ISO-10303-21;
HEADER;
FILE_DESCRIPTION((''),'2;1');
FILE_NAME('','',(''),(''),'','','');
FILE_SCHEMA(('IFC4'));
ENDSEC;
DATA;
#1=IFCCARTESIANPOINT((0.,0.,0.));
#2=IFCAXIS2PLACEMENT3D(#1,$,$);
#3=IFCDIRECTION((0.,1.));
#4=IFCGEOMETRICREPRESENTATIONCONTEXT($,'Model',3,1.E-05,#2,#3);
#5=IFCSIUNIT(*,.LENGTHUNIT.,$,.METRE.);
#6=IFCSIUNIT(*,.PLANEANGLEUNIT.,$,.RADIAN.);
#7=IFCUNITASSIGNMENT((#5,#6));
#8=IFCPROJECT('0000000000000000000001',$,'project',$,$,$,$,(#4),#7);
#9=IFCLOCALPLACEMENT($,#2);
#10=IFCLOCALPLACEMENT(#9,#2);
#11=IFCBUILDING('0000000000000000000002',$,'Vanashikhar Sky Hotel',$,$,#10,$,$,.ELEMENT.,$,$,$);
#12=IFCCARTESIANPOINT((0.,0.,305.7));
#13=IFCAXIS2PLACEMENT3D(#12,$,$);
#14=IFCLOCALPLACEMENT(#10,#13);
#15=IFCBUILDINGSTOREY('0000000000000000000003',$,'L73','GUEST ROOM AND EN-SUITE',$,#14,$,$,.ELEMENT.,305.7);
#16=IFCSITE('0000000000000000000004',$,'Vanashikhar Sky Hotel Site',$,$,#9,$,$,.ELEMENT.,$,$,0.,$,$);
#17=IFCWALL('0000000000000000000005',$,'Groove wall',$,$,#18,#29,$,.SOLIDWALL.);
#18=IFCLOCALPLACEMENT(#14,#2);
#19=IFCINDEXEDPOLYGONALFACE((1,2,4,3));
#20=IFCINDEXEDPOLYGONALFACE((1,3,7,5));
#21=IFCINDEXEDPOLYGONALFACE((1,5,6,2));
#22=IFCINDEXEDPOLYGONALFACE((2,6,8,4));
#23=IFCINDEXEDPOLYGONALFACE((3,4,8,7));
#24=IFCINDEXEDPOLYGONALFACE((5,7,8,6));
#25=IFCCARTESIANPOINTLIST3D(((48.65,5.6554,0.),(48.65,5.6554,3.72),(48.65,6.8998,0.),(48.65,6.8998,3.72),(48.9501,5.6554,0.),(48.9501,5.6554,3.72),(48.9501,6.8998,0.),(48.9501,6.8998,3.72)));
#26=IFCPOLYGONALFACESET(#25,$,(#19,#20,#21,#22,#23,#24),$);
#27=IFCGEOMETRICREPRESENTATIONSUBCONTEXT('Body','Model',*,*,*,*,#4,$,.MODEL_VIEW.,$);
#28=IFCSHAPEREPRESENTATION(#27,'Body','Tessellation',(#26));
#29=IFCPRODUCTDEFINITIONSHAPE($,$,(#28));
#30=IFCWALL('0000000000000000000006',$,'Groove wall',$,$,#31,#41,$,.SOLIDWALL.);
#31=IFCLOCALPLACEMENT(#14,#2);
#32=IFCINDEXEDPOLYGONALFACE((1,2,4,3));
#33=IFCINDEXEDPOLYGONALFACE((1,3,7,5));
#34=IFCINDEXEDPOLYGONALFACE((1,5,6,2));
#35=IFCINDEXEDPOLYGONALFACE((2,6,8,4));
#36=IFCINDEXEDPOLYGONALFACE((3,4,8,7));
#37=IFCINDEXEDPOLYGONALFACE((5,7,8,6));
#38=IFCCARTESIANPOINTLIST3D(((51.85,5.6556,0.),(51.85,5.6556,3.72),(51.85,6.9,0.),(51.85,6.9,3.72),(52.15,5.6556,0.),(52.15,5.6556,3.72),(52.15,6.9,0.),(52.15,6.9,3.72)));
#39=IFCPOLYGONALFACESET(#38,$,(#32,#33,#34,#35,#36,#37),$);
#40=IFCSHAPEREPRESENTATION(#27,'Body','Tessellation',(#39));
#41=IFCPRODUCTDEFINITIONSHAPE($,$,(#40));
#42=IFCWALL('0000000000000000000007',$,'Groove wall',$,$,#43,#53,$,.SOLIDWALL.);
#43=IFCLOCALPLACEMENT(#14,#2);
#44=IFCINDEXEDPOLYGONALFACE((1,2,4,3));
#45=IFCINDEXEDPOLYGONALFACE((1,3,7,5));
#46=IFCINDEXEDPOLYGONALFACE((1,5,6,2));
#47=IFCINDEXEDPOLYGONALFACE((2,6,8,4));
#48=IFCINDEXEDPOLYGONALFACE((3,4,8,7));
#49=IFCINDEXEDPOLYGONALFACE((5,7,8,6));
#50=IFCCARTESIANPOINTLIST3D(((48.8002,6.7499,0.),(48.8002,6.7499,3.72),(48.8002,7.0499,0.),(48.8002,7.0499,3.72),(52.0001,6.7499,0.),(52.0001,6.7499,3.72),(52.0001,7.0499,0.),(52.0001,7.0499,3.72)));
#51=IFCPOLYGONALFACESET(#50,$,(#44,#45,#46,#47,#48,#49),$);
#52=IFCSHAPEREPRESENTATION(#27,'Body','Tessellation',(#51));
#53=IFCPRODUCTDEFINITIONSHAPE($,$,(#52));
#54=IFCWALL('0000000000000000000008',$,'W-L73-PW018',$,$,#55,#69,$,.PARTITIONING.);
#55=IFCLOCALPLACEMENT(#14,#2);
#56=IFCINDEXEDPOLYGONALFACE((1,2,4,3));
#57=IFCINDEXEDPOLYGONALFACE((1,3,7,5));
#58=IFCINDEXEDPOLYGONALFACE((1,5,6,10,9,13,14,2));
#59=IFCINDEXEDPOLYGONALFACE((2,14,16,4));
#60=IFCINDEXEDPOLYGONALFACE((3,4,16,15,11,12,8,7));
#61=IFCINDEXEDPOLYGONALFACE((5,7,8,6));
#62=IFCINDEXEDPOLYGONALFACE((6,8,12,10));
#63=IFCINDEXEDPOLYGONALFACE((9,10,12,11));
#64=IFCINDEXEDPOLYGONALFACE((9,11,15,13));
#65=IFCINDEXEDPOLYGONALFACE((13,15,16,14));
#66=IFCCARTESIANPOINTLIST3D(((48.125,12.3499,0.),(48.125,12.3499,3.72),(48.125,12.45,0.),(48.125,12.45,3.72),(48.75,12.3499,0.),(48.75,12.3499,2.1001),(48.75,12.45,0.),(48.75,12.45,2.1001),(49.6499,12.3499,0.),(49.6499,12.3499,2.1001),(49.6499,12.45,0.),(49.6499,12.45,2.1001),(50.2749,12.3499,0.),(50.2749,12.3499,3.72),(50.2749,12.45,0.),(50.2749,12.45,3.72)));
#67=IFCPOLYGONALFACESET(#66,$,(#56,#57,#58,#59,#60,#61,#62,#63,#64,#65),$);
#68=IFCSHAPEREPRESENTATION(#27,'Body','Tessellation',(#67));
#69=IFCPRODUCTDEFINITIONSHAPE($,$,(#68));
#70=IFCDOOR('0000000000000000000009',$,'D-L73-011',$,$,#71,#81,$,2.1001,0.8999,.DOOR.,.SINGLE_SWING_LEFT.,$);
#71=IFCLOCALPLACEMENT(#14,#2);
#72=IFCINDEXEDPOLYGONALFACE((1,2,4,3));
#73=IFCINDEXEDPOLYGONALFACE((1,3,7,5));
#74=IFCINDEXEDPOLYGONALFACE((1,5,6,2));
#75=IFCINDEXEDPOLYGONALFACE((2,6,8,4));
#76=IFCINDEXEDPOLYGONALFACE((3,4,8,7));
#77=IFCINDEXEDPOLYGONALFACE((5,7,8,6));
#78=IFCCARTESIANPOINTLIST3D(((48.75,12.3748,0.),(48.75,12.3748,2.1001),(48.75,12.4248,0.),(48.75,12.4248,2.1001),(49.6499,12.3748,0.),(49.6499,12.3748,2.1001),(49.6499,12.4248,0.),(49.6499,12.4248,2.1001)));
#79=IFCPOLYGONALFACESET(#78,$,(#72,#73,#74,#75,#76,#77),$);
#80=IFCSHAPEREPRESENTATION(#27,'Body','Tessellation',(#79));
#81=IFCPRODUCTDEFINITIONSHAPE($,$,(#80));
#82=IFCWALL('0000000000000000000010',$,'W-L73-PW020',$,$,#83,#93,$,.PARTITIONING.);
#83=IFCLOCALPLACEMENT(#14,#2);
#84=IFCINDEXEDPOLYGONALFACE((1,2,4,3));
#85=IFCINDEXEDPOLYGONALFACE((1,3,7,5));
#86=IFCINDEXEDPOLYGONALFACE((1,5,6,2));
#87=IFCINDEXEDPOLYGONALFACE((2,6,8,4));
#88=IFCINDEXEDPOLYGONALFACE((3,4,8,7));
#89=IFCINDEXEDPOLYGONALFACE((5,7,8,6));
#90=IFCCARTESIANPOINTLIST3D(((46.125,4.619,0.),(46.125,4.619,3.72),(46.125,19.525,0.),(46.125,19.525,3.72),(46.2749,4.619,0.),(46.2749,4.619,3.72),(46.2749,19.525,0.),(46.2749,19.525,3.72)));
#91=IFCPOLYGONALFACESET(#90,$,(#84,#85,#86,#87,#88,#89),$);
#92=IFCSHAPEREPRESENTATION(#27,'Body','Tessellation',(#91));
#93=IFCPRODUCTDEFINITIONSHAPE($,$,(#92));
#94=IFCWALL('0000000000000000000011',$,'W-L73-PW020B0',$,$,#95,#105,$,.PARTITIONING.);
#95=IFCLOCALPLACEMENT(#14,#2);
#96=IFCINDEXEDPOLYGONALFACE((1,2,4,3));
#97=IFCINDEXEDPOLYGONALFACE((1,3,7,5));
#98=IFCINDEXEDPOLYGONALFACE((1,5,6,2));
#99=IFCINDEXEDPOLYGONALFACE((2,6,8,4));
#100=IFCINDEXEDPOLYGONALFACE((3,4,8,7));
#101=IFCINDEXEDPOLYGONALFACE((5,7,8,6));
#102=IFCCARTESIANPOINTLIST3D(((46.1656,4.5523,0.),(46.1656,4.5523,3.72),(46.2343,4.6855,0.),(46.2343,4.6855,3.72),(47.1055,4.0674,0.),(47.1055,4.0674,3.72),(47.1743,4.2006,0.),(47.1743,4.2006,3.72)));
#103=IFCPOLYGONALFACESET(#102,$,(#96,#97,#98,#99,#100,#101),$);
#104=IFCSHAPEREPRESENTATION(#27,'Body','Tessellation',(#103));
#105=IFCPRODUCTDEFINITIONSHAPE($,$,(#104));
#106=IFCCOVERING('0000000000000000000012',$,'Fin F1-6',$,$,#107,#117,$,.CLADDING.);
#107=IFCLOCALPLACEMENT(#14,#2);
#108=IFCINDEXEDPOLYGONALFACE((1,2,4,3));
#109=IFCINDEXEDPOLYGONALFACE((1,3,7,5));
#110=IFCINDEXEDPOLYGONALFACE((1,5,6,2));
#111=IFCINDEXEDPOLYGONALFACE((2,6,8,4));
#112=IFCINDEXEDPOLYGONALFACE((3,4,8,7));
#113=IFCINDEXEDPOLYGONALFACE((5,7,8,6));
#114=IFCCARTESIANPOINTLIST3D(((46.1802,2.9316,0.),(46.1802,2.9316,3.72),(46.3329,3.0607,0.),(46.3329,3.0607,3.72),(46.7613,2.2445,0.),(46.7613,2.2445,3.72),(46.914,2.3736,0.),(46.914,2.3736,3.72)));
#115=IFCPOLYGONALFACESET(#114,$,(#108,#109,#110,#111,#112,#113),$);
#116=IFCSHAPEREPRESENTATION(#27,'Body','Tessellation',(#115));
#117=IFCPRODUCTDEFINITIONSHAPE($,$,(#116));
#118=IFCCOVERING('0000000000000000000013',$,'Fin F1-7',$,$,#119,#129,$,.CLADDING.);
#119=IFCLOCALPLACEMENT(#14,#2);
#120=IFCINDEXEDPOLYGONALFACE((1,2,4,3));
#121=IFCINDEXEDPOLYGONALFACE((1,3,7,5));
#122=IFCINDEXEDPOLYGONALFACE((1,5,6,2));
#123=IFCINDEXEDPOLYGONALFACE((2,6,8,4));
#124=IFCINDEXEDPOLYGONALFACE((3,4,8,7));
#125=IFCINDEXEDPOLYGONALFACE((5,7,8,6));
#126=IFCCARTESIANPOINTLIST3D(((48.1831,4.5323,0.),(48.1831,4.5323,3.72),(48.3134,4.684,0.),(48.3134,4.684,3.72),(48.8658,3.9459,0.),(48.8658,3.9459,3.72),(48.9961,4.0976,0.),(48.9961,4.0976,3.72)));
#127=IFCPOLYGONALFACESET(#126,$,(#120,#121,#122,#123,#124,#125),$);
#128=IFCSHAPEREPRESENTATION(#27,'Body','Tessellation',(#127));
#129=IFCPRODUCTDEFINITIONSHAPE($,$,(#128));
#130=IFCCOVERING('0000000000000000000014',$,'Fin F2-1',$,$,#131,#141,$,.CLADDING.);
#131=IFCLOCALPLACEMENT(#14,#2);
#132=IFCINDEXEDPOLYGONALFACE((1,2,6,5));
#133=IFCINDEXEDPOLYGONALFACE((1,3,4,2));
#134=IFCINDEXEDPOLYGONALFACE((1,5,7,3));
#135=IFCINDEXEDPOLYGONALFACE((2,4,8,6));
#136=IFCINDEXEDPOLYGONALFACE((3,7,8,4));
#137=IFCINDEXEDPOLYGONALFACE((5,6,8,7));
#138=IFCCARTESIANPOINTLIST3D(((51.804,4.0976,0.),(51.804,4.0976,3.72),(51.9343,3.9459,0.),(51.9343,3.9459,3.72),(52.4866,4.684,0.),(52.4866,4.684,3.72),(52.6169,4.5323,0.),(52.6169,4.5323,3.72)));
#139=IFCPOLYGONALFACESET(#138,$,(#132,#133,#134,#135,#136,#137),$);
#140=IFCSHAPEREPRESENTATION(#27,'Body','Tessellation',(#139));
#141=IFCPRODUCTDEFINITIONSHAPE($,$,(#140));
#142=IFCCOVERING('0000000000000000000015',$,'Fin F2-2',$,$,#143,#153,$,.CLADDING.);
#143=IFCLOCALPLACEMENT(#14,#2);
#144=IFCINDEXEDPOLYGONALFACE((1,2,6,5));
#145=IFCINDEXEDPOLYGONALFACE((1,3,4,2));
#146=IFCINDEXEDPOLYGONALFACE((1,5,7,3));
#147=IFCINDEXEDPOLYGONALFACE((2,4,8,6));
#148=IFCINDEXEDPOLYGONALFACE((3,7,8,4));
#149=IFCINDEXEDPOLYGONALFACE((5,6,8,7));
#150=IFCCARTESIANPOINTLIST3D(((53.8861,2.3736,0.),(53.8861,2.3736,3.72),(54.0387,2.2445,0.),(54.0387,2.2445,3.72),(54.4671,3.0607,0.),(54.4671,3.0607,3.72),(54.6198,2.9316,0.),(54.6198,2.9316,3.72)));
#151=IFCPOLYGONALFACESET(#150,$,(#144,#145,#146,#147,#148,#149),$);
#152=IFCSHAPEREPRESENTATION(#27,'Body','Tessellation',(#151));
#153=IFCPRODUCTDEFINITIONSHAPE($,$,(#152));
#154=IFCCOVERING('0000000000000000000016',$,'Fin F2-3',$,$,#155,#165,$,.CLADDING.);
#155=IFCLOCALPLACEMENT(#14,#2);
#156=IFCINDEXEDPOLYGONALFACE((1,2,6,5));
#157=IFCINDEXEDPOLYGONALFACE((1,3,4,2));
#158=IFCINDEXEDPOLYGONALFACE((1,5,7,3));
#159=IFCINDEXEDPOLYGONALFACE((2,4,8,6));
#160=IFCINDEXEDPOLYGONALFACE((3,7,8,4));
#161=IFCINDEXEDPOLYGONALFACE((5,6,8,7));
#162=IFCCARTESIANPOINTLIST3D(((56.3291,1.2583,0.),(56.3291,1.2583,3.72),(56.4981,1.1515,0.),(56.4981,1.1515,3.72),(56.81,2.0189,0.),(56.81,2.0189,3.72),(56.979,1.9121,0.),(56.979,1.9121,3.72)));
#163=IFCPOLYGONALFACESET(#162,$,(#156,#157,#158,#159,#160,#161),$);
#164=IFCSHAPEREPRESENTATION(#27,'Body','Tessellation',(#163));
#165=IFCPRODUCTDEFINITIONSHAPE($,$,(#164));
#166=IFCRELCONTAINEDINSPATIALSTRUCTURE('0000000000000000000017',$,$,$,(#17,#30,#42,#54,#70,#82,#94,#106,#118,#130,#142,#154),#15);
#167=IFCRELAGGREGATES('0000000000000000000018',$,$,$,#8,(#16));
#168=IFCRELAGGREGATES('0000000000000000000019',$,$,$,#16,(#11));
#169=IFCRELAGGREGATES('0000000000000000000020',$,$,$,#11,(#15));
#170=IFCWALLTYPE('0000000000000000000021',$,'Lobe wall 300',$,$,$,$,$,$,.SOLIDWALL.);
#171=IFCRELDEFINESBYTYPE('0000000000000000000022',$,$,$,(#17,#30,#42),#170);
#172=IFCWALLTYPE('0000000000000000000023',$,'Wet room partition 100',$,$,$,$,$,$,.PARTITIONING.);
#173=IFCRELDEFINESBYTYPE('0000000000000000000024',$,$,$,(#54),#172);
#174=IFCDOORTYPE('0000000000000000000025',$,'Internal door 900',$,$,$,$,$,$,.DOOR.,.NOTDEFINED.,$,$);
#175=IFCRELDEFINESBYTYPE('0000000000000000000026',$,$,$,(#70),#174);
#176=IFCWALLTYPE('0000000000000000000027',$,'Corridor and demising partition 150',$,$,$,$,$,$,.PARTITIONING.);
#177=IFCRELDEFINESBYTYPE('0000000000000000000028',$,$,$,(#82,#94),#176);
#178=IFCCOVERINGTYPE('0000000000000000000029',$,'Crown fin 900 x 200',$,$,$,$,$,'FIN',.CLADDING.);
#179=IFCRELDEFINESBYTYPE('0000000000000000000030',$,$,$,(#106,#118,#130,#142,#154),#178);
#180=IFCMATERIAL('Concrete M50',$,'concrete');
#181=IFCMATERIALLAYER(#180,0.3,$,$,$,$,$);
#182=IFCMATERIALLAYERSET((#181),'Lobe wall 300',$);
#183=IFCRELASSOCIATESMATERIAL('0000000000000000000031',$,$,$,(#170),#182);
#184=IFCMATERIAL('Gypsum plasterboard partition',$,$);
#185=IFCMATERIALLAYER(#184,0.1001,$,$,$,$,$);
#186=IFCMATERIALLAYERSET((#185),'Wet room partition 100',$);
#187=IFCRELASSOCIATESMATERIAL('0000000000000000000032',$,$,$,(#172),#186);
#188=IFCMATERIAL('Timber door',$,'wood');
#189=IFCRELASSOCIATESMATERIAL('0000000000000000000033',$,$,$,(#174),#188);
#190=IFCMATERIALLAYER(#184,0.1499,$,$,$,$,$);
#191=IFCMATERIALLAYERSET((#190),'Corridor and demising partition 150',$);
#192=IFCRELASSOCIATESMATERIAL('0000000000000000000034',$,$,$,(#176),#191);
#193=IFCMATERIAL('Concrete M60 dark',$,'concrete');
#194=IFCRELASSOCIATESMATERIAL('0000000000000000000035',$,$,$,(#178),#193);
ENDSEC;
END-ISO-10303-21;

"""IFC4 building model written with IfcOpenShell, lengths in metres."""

from ifc_helpers import new_model, si_unit, direction, frame, frame_2d, origin, origin_2d, place, context, subcontext, project, spatial, rectangle, extrude, source, transform, mapped, material, layer, layer_set, material_profile, profile_set, type_object, element, fill, save


model = new_model("IFC4")

# Units and contexts
model_context = context("Model", 3, precision=1e-05, world=origin(), true_north=direction((0.0, 1.0)))
body_context = subcontext(model_context, "Body", "Model", "MODEL_VIEW")
ifc_project = project(units=[si_unit("LENGTHUNIT", "METRE"), si_unit("PLANEANGLEUNIT", "RADIAN")], contexts=[model_context])

# Site, building, storey
site_placement = place(None, origin())
site = spatial("IfcSite", under=ifc_project, at=site_placement, Name="Vanashikhar Sky Hotel Site", CompositionType="ELEMENT", RefElevation=0.0)
building_placement = place(site_placement, origin())
building = spatial("IfcBuilding", under=site, at=building_placement, Name="Vanashikhar Sky Hotel", CompositionType="ELEMENT")
storey_placement = place(building_placement, frame((0.0, 0.0, 305.7)))
storey = spatial("IfcBuildingStorey", under=building, at=storey_placement, Name="L73", Description="GUEST ROOM AND EN-SUITE", CompositionType="ELEMENT", Elevation=305.7)

# Shared definitions
ifc_material_1 = material(Name="Concrete M50", Category="concrete")

# Shared definitions
ifc_layer_1 = layer(ifc_material_1, 0.3)
ifc_layer_set_1 = layer_set([ifc_layer_1], Name="Lobe wall 300")
wall_type_1 = type_object("IfcWallType", Name="Lobe wall 300", PredefinedType="SOLIDWALL", material=ifc_layer_set_1)

# Walls
shared_shape_1 = source(origin(), body_context, "Body", "SweptSolid", [
    extrude(rectangle(XDim=1.2444, YDim=0.3, at=frame_2d((0.6221, 0.0))), origin(), (0.0, 0.0, 1.0), 3.72),
])
for number, where, z_axis, x_axis, name in (
    (1, (48.8, 5.6555, 0.0), (0.0, 0.0, 1.0), (0.0, 1.0, 0.0), "Groove wall"),
    (2, (52.0, 6.8999, 0.0), (0.0, 0.0, 1.0), (0.0, -1.0, 0.0), "Groove wall"),
):
    element("IfcWall", number, at=place(storey_placement, frame(where, z_axis=z_axis, x_axis=x_axis)), inside=storey, type_object=wall_type_1, Name=name, PredefinedType="SOLIDWALL", context=body_context, shape_type="MappedRepresentation", body=[
        mapped(shared_shape_1, transform((0.0, 0.0, 0.0), scale=1.0)),
    ])
shared_shape_2 = source(origin(), body_context, "Body", "SweptSolid", [
    extrude(rectangle(XDim=3.2, YDim=0.3, at=frame_2d((1.6001, 0.0))), origin(), (0.0, 0.0, 1.0), 3.72),
])
wall_1_placement = place(storey_placement, frame((48.8, 6.8999, 0.0), z_axis=(0.0, 0.0, 1.0), x_axis=(1.0, 0.0, 0.0)))
element("IfcWall", 3, at=wall_1_placement, inside=storey, type_object=wall_type_1, Name="Groove wall", PredefinedType="SOLIDWALL", context=body_context, shape_type="MappedRepresentation", body=[
    mapped(shared_shape_2, transform((0.0, 0.0, 0.0), scale=1.0)),
])

# Wall, opening, door
ifc_material_2 = material(Name="Gypsum plasterboard partition")
ifc_layer_2 = layer(ifc_material_2, 0.1001)
ifc_layer_set_2 = layer_set([ifc_layer_2], Name="Wet room partition 100")
wall_type_2 = type_object("IfcWallType", Name="Wet room partition 100", PredefinedType="PARTITIONING", material=ifc_layer_set_2)
shared_shape_3 = source(origin(), body_context, "Body", "SweptSolid", [
    extrude(rectangle(XDim=2.1499, YDim=0.1001, at=frame_2d((1.075, 0.0))), origin(), (0.0, 0.0, 1.0), 3.72),
])
wall_2_placement = place(storey_placement, frame((48.125, 12.3999, 0.0), z_axis=(0.0, 0.0, 1.0), x_axis=(1.0, 0.0, 0.0)))
wall_2 = element("IfcWall", 4, at=wall_2_placement, inside=storey, type_object=wall_type_2, Name="W-L73-PW018", PredefinedType="PARTITIONING", context=body_context, shape_type="MappedRepresentation", body=[
    mapped(shared_shape_3, transform((0.0, 0.0, 0.0), scale=1.0)),
])
shared_shape_4 = source(origin(), body_context, "Body", "SweptSolid", [
    extrude(rectangle(XDim=0.8999, YDim=2.1001, at=frame_2d((0.45, 1.05))), frame((0.0, 0.0601, 0.0), z_axis=(0.0, -1.0, 0.0), x_axis=(1.0, 0.0, 0.0)), (0.0, 0.0, 1.0), 0.1201),
])
opening_1_placement = place(wall_2_placement, frame((0.625, 0.0, 0.0)))
opening_1 = element("IfcOpeningElement", 5, at=opening_1_placement, cuts=wall_2, PredefinedType="OPENING", context=body_context, shape_type="MappedRepresentation", body=[
    mapped(shared_shape_4, transform((0.0, 0.0, 0.0), scale=1.0)),
])
ifc_material_3 = material(Name="Timber door", Category="wood")
door_type = type_object("IfcDoorType", Name="Internal door 900", OperationType="NOTDEFINED", PredefinedType="DOOR", material=ifc_material_3)
shared_shape_5 = source(origin(), body_context, "Body", "SweptSolid", [
    extrude(rectangle(XDim=0.8999, YDim=2.1001, at=frame_2d((0.45, 1.05))), frame((0.0, 0.0249, 0.0), z_axis=(0.0, -1.0, 0.0), x_axis=(1.0, 0.0, 0.0)), (0.0, 0.0, 1.0), 0.05),
])
door_placement = place(opening_1_placement, origin())
door = element("IfcDoor", 6, at=door_placement, inside=storey, type_object=door_type, Name="D-L73-011", OperationType="SINGLE_SWING_LEFT", OverallHeight=2.1001, OverallWidth=0.8999, PredefinedType="DOOR", context=body_context, shape_type="MappedRepresentation", body=[
    mapped(shared_shape_5, transform((0.0, 0.0, 0.0), scale=1.0)),
])
fill(opening_1, door)

# Walls
ifc_layer_3 = layer(ifc_material_2, 0.1499)
ifc_layer_set_3 = layer_set([ifc_layer_3], Name="Corridor and demising partition 150")
wall_type_3 = type_object("IfcWallType", Name="Corridor and demising partition 150", PredefinedType="PARTITIONING", material=ifc_layer_set_3)
shared_shape_6 = source(origin(), body_context, "Body", "SweptSolid", [
    extrude(rectangle(XDim=14.906, YDim=0.1499, at=frame_2d((7.4531, 0.0))), origin(), (0.0, 0.0, 1.0), 3.72),
])
wall_3_placement = place(storey_placement, frame((46.2, 4.6189, 0.0), z_axis=(0.0, 0.0, 1.0), x_axis=(0.0, 1.0, 0.0)))
element("IfcWall", 7, at=wall_3_placement, inside=storey, type_object=wall_type_3, Name="W-L73-PW020", PredefinedType="PARTITIONING", context=body_context, shape_type="MappedRepresentation", body=[
    mapped(shared_shape_6, transform((0.0, 0.0, 0.0), scale=1.0)),
])
shared_shape_7 = source(origin(), body_context, "Body", "SweptSolid", [
    extrude(rectangle(XDim=1.0576, YDim=0.1499, at=frame_2d((0.5288, 0.0))), origin(), (0.0, 0.0, 1.0), 3.72),
])
wall_4_placement = place(storey_placement, frame((47.1399, 4.134, 0.0), z_axis=(0.0, 0.0, 1.0), x_axis=(-0.888724, 0.458443, 0.0)))
element("IfcWall", 8, at=wall_4_placement, inside=storey, type_object=wall_type_3, Name="W-L73-PW020B0", PredefinedType="PARTITIONING", context=body_context, shape_type="MappedRepresentation", body=[
    mapped(shared_shape_7, transform((0.0, 0.0, 0.0), scale=1.0)),
])

# Coverings
ifc_material_4 = material(Name="Concrete M60 dark", Category="concrete")
ifc_material_profile = material_profile(ifc_material_4, rectangle(XDim=0.8999, YDim=0.2, at=origin_2d()))
ifc_profile_set = profile_set([ifc_material_profile], Name="Crown fin 900 x 200")
covering_type = type_object("IfcCoveringType", Name="Crown fin 900 x 200", ElementType="FIN", PredefinedType="CLADDING", material=ifc_profile_set)
shared_shape_8 = source(origin(), body_context, "Body", "SweptSolid", [
    extrude(rectangle(XDim=0.8999, YDim=0.2, at=origin_2d()), origin(), (0.0, 0.0, 1.0), 3.72),
])
for number, where, z_axis, x_axis, name in (
    (9, (46.5471, 2.6526, 0.0), (0.0, 0.0, 1.0), (0.645698, -0.763593, 0.0), "Fin F1-6"),
    (10, (48.5896, 4.3149, 0.0), (0.0, 0.0, 1.0), (0.758544, -0.651622, 0.0), "Fin F1-7"),
    (11, (52.2104, 4.3149, 0.0), (0.0, 0.0, 1.0), (-0.758544, -0.651622, 0.0), "Fin F2-1"),
    (12, (54.2529, 2.6526, 0.0), (0.0, 0.0, 1.0), (-0.645698, -0.763593, 0.0), "Fin F2-2"),
    (13, (56.6541, 1.5852, 0.0), (0.0, 0.0, 1.0), (-0.534411, -0.845225, 0.0), "Fin F2-3"),
):
    element("IfcCovering", number, at=place(storey_placement, frame(where, z_axis=z_axis, x_axis=x_axis)), inside=storey, type_object=covering_type, Name=name, PredefinedType="CLADDING", context=body_context, shape_type="MappedRepresentation", body=[
        mapped(shared_shape_8, transform((0.0, 0.0, 0.0), scale=1.0)),
    ])

save(model, "model.ifc")
